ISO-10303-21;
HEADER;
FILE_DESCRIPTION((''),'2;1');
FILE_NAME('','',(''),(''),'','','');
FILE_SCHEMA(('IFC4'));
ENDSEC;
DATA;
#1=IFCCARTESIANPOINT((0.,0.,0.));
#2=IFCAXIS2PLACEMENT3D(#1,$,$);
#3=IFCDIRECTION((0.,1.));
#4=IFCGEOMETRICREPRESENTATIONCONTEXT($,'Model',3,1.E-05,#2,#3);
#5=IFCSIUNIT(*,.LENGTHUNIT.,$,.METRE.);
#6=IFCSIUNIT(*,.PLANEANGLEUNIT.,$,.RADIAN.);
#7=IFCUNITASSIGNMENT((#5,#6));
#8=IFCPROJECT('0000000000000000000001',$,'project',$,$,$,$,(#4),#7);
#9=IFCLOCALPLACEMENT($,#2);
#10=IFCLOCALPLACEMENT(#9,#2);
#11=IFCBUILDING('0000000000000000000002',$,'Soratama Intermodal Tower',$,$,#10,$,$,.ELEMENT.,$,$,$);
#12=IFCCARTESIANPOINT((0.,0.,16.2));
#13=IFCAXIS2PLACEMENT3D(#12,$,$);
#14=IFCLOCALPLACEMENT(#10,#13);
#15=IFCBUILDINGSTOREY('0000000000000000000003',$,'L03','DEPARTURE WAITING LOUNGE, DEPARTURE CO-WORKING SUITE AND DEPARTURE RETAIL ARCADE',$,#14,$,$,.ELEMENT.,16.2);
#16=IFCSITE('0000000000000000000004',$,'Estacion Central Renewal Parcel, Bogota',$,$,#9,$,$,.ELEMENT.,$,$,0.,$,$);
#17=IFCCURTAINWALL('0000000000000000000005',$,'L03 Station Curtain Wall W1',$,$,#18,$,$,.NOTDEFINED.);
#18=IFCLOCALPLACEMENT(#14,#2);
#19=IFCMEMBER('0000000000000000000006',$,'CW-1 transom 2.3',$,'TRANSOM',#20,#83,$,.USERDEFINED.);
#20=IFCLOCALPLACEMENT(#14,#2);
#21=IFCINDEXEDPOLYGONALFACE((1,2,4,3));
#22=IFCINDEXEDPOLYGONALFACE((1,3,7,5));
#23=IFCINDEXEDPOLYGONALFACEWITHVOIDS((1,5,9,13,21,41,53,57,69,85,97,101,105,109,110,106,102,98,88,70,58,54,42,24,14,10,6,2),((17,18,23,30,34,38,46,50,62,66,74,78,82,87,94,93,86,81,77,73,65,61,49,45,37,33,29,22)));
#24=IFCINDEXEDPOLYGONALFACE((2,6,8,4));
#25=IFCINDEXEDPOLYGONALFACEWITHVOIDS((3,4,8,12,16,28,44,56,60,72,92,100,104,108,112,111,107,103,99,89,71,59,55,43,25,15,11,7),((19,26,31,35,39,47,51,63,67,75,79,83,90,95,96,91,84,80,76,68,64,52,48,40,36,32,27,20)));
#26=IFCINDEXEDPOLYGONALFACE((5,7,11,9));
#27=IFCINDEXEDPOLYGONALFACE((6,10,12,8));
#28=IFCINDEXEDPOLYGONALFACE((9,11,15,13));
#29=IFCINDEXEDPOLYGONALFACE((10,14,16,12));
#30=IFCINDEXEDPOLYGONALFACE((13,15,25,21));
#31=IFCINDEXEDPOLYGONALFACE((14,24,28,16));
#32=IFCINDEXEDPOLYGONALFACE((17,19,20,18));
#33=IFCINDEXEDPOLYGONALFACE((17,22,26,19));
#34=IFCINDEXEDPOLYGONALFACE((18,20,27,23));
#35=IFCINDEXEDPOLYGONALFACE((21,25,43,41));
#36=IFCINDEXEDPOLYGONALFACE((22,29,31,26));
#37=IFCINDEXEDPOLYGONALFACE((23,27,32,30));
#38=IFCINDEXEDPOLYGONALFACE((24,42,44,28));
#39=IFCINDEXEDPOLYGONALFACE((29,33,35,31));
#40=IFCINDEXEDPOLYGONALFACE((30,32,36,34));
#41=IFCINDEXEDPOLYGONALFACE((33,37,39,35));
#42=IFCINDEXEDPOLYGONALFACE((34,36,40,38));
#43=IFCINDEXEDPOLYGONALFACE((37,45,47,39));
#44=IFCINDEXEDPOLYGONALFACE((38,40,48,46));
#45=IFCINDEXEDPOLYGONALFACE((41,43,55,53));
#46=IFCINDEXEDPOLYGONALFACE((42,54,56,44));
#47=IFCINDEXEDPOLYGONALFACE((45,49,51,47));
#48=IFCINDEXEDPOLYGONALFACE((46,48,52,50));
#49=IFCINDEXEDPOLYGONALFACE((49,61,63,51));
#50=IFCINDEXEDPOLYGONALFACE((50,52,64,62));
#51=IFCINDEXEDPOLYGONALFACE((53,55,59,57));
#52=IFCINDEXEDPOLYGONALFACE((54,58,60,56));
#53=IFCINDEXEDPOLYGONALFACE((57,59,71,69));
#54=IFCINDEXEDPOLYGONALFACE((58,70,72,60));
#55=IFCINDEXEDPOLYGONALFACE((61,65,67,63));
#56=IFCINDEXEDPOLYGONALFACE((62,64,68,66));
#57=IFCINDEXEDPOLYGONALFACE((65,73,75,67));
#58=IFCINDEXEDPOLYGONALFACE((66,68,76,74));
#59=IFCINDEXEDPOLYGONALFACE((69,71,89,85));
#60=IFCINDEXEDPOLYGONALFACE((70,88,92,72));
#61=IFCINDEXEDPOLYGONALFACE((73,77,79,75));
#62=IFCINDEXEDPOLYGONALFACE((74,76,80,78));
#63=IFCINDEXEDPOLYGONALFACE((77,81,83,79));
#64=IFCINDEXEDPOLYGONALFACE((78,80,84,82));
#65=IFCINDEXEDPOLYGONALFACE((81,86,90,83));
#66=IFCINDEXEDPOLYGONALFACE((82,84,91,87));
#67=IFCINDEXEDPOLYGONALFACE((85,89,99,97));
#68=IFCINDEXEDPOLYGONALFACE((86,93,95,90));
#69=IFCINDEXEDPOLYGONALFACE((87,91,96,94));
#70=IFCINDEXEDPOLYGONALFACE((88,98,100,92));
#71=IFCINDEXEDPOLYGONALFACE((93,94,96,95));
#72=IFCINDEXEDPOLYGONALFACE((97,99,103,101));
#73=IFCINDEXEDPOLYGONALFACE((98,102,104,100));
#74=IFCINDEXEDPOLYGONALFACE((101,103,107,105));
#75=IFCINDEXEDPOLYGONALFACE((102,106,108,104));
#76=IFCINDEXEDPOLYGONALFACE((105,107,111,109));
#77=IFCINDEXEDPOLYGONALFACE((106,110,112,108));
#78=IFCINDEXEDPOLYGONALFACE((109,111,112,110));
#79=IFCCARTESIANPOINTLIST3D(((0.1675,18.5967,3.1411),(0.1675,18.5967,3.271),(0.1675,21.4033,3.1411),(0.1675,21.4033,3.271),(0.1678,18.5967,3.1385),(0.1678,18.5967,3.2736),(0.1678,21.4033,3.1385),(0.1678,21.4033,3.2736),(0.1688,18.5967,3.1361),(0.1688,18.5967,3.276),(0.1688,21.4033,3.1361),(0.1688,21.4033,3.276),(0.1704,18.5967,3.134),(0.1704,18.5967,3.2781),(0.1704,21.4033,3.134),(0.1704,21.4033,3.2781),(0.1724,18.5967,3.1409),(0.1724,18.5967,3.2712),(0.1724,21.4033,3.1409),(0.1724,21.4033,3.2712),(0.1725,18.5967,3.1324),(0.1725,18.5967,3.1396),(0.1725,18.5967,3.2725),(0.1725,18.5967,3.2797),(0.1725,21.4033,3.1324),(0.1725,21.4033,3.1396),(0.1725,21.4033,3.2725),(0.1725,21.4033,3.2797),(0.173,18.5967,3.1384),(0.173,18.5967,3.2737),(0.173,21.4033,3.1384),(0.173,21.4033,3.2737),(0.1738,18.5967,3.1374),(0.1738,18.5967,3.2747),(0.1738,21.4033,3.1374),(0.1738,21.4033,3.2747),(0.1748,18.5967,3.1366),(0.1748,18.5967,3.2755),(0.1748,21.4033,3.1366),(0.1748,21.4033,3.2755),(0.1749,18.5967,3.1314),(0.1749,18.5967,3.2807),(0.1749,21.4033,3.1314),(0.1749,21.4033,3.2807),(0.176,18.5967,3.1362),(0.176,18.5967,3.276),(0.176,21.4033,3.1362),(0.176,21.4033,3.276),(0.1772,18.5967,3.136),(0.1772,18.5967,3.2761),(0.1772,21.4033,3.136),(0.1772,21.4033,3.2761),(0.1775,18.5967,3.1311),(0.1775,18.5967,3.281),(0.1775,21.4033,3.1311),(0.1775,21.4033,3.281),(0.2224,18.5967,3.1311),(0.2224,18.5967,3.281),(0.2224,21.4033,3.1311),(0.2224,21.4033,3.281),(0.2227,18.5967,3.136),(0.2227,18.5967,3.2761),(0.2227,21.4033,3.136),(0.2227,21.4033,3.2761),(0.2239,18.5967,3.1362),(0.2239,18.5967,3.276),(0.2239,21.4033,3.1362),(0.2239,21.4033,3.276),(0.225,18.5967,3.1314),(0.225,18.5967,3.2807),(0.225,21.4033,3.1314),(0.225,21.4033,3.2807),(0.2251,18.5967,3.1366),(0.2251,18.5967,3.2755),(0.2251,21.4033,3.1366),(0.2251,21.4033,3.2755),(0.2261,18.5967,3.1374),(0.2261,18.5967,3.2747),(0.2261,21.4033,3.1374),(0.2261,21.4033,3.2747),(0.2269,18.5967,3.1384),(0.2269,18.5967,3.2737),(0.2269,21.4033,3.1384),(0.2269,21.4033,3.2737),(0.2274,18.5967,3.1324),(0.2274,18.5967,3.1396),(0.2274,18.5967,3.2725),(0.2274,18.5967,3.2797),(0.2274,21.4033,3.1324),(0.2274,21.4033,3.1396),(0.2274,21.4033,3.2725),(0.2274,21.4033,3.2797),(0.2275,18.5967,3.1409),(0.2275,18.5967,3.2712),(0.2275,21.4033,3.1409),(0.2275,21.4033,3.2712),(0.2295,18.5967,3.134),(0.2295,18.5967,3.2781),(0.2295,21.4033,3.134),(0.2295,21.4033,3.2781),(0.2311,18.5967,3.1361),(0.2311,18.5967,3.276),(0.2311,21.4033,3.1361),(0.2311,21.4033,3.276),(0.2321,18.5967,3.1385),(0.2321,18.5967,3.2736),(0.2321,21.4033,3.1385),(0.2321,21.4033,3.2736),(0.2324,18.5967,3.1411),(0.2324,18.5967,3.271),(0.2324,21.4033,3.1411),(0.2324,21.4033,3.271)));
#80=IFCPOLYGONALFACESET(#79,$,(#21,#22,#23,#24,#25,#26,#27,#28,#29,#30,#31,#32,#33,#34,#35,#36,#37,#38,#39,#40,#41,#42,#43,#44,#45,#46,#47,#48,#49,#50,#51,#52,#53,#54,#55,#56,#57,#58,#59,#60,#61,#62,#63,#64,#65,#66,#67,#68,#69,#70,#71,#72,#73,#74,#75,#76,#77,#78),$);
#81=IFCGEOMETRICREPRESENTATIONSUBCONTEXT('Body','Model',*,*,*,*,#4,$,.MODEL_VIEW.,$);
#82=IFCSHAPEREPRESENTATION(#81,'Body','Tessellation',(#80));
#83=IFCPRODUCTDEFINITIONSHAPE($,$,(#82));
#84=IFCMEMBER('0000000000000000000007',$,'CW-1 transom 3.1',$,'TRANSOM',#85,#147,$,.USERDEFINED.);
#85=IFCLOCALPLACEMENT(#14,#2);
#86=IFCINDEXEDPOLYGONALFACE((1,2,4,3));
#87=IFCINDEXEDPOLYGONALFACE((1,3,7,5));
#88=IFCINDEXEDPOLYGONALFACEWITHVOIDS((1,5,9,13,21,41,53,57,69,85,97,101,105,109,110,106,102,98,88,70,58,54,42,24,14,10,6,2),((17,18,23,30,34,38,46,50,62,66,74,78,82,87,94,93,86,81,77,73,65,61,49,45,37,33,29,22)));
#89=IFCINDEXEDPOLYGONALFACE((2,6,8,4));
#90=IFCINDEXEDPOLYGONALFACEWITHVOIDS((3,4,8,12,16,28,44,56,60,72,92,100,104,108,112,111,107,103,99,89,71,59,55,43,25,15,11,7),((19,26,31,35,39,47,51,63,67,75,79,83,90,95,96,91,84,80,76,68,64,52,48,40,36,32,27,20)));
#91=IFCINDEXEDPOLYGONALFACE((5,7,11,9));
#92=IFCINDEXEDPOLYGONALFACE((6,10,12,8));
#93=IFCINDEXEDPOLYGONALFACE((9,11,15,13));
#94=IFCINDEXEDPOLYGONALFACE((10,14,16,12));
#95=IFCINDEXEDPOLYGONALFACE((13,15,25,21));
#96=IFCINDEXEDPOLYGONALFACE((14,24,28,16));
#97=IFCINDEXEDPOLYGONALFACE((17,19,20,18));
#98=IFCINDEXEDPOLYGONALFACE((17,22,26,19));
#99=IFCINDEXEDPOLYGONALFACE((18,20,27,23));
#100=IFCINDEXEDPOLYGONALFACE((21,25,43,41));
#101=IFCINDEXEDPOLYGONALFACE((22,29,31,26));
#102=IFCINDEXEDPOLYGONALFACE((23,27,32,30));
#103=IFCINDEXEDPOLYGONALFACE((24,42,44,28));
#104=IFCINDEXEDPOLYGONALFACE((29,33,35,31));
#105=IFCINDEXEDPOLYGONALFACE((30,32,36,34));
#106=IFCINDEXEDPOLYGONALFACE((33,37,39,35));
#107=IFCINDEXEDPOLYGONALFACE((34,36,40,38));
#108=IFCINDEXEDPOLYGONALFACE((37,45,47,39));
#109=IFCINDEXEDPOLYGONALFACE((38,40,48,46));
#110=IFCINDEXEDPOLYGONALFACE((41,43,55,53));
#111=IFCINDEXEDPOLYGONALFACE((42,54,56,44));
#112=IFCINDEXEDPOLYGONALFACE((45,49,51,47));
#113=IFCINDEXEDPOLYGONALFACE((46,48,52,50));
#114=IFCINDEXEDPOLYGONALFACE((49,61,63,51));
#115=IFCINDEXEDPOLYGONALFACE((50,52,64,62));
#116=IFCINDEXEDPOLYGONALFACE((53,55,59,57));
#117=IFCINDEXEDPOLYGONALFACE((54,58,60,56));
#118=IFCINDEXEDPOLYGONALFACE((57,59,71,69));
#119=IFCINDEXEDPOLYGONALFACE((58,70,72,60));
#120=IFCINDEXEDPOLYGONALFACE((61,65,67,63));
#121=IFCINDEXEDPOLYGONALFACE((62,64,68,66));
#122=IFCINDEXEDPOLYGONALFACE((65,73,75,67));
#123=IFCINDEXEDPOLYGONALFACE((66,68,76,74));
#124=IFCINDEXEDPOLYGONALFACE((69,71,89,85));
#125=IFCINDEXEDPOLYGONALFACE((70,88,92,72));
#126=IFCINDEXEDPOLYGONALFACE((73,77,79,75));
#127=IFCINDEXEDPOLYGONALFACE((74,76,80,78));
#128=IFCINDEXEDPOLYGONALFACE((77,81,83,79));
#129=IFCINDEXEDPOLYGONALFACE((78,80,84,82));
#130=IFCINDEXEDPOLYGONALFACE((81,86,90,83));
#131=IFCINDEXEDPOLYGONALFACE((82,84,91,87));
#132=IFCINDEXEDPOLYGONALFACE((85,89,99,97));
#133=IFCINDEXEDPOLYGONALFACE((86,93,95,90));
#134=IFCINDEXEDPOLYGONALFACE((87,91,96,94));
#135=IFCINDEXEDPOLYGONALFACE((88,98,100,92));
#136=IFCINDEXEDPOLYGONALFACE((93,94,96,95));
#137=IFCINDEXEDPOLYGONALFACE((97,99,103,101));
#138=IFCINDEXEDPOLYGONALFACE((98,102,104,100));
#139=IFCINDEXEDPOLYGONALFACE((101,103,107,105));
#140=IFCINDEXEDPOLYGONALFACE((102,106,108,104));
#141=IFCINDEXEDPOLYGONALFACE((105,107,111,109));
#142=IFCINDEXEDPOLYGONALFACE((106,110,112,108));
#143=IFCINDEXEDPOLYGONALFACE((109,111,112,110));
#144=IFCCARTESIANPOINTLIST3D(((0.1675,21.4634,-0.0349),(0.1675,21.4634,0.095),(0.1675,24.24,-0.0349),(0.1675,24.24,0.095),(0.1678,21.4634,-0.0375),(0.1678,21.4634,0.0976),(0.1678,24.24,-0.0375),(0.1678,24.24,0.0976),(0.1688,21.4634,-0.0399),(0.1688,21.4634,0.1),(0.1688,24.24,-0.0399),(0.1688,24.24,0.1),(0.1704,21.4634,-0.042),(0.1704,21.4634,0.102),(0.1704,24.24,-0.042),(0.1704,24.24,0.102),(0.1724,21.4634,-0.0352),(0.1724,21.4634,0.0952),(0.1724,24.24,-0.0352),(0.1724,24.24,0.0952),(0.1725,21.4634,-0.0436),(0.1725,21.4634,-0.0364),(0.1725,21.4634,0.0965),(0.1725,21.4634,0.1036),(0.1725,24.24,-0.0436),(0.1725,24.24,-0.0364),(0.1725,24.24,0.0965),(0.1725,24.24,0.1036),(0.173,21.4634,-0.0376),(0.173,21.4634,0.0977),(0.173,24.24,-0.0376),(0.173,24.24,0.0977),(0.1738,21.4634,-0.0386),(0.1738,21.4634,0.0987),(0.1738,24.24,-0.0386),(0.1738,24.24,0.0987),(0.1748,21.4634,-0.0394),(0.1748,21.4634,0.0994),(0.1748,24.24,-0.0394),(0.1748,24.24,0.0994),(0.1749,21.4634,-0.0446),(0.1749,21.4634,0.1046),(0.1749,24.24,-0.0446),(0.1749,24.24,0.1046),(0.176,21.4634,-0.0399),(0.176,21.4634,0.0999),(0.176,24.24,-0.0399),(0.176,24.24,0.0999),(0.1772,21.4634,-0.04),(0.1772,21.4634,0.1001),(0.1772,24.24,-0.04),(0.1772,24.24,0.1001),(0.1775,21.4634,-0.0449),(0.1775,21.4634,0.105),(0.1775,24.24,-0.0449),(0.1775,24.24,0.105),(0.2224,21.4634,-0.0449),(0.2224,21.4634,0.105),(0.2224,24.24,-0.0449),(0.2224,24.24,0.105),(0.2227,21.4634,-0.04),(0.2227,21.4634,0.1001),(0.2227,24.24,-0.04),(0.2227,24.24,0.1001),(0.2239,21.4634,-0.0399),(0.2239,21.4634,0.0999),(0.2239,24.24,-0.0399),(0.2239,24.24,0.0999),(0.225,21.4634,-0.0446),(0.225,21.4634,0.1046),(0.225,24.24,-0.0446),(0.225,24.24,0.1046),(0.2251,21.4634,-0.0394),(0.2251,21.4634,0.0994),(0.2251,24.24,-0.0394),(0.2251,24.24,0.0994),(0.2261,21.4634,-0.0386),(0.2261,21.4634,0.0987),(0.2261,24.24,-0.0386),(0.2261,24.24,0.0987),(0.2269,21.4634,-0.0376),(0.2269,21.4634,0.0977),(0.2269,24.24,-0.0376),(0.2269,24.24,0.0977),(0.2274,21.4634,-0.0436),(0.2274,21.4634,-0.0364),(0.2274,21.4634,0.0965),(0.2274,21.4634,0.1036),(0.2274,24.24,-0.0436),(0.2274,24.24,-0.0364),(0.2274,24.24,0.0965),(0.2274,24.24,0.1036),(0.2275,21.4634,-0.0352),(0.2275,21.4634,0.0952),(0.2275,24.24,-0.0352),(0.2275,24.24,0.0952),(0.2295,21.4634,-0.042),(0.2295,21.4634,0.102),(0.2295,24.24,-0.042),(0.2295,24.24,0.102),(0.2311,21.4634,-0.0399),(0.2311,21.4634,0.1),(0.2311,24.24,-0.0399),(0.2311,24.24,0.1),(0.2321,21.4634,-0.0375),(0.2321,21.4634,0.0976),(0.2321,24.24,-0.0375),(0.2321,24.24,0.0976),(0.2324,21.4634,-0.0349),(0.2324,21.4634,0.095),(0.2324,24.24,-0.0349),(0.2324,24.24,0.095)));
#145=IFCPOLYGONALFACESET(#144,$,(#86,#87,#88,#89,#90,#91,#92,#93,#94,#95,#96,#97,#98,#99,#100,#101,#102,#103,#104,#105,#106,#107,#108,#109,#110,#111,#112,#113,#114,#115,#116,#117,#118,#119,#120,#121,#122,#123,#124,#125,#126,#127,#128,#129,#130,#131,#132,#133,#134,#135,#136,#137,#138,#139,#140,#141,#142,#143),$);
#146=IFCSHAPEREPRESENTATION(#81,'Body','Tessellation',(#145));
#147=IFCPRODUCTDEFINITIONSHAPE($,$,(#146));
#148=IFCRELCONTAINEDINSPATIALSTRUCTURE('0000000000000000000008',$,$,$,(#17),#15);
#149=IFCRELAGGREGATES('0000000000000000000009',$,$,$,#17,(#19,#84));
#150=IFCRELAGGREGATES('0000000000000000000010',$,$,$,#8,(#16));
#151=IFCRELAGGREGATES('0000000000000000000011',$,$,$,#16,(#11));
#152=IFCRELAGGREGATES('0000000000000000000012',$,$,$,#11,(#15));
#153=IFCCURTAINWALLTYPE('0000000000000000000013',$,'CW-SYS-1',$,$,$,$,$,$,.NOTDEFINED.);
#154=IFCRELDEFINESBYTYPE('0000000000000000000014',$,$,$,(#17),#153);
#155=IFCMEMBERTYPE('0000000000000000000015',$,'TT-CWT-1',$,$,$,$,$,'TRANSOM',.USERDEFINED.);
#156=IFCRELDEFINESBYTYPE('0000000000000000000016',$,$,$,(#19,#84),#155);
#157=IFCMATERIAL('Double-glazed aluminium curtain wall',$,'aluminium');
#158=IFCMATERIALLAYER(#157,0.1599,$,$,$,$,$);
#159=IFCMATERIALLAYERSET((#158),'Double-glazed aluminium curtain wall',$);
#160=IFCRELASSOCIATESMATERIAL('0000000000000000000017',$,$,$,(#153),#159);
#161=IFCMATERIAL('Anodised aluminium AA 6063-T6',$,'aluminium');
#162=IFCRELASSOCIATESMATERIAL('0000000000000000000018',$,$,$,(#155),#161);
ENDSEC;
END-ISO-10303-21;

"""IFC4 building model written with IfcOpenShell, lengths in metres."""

from ifc_helpers import new_model, si_unit, direction, frame, origin, origin_2d, place, context, subcontext, project, spatial, hollow_rectangle, extrude, material, layer, layer_set, material_profile, profile_set, type_object, element, aggregate, save


model = new_model("IFC4")

# Units and contexts
model_context = context("Model", 3, precision=1e-05, world=origin(), true_north=direction((0.0, 1.0)))
body_context = subcontext(model_context, "Body", "Model", "MODEL_VIEW")
ifc_project = project(units=[si_unit("LENGTHUNIT", "METRE"), si_unit("PLANEANGLEUNIT", "RADIAN")], contexts=[model_context])

# Site, building, storey
site_placement = place(None, origin())
site = spatial("IfcSite", under=ifc_project, at=site_placement, Name="Estacion Central Renewal Parcel, Bogota", CompositionType="ELEMENT", RefElevation=0.0)
building_placement = place(site_placement, origin())
building = spatial("IfcBuilding", under=site, at=building_placement, Name="Soratama Intermodal Tower", CompositionType="ELEMENT")
storey_placement = place(building_placement, frame((0.0, 0.0, 16.2)))
storey = spatial("IfcBuildingStorey", under=building, at=storey_placement, Name="L03", Description="DEPARTURE WAITING LOUNGE, DEPARTURE CO-WORKING SUITE AND DEPARTURE RETAIL ARCADE", CompositionType="ELEMENT", Elevation=16.2)

# Curtain wall, members
ifc_material_1 = material(Name="Double-glazed aluminium curtain wall", Category="aluminium")
ifc_layer_1 = layer(ifc_material_1, 0.1599)
ifc_layer_set_1 = layer_set([ifc_layer_1], Name="Double-glazed aluminium curtain wall")
curtain_wall_type = type_object("IfcCurtainWallType", Name="CW-SYS-1", PredefinedType="NOTDEFINED", material=ifc_layer_set_1)
curtain_wall_placement = place(storey_placement, origin())
curtain_wall = element("IfcCurtainWall", 1, at=curtain_wall_placement, inside=storey, type_object=curtain_wall_type, Name="L03 Station Curtain Wall W1", PredefinedType="NOTDEFINED")
ifc_material_2 = material(Name="Anodised aluminium AA 6063-T6", Category="aluminium")
ifc_material_profile_1 = material_profile(ifc_material_2, hollow_rectangle(XDim=0.0649, YDim=0.1499, WallThickness=0.0049, InnerFilletRadius=0.0049, OuterFilletRadius=0.01, at=origin_2d()), Name="CWT150X65X5")
ifc_profile_set_1 = profile_set([ifc_material_profile_1], Name="Anodised aluminium AA 6063-T6")
member_type_1 = type_object("IfcMemberType", Name="TT-CWT-1", ElementType="TRANSOM", PredefinedType="USERDEFINED", material=ifc_profile_set_1)
member_1_placement = place(storey_placement, frame((0.2, 18.5967, 3.2061), z_axis=(0.0, 1.0, 0.0), x_axis=(-1.0, 0.0, 0.0)))
member_1 = element("IfcMember", 2, at=member_1_placement, type_object=member_type_1, Name="CW-1 transom 2.3", ObjectType="TRANSOM", PredefinedType="USERDEFINED", context=body_context, shape_type="SweptSolid", body=[
    extrude(hollow_rectangle(XDim=0.0649, YDim=0.1499, WallThickness=0.0049, InnerFilletRadius=0.0049, OuterFilletRadius=0.01, at=origin_2d()), origin(), (0.0, 0.0, 1.0), 2.8066),
])
member_2_placement = place(storey_placement, frame((0.2, 21.4634, 0.03), z_axis=(0.0, 1.0, 0.0), x_axis=(-1.0, 0.0, 0.0)))
member_2 = element("IfcMember", 3, at=member_2_placement, type_object=member_type_1, Name="CW-1 transom 3.1", ObjectType="TRANSOM", PredefinedType="USERDEFINED", context=body_context, shape_type="SweptSolid", body=[
    extrude(hollow_rectangle(XDim=0.0649, YDim=0.1499, WallThickness=0.0049, InnerFilletRadius=0.0049, OuterFilletRadius=0.01, at=origin_2d()), origin(), (0.0, 0.0, 1.0), 2.7766),
])
aggregate(curtain_wall, [member_1, member_2])

save(model, "model.ifc")
